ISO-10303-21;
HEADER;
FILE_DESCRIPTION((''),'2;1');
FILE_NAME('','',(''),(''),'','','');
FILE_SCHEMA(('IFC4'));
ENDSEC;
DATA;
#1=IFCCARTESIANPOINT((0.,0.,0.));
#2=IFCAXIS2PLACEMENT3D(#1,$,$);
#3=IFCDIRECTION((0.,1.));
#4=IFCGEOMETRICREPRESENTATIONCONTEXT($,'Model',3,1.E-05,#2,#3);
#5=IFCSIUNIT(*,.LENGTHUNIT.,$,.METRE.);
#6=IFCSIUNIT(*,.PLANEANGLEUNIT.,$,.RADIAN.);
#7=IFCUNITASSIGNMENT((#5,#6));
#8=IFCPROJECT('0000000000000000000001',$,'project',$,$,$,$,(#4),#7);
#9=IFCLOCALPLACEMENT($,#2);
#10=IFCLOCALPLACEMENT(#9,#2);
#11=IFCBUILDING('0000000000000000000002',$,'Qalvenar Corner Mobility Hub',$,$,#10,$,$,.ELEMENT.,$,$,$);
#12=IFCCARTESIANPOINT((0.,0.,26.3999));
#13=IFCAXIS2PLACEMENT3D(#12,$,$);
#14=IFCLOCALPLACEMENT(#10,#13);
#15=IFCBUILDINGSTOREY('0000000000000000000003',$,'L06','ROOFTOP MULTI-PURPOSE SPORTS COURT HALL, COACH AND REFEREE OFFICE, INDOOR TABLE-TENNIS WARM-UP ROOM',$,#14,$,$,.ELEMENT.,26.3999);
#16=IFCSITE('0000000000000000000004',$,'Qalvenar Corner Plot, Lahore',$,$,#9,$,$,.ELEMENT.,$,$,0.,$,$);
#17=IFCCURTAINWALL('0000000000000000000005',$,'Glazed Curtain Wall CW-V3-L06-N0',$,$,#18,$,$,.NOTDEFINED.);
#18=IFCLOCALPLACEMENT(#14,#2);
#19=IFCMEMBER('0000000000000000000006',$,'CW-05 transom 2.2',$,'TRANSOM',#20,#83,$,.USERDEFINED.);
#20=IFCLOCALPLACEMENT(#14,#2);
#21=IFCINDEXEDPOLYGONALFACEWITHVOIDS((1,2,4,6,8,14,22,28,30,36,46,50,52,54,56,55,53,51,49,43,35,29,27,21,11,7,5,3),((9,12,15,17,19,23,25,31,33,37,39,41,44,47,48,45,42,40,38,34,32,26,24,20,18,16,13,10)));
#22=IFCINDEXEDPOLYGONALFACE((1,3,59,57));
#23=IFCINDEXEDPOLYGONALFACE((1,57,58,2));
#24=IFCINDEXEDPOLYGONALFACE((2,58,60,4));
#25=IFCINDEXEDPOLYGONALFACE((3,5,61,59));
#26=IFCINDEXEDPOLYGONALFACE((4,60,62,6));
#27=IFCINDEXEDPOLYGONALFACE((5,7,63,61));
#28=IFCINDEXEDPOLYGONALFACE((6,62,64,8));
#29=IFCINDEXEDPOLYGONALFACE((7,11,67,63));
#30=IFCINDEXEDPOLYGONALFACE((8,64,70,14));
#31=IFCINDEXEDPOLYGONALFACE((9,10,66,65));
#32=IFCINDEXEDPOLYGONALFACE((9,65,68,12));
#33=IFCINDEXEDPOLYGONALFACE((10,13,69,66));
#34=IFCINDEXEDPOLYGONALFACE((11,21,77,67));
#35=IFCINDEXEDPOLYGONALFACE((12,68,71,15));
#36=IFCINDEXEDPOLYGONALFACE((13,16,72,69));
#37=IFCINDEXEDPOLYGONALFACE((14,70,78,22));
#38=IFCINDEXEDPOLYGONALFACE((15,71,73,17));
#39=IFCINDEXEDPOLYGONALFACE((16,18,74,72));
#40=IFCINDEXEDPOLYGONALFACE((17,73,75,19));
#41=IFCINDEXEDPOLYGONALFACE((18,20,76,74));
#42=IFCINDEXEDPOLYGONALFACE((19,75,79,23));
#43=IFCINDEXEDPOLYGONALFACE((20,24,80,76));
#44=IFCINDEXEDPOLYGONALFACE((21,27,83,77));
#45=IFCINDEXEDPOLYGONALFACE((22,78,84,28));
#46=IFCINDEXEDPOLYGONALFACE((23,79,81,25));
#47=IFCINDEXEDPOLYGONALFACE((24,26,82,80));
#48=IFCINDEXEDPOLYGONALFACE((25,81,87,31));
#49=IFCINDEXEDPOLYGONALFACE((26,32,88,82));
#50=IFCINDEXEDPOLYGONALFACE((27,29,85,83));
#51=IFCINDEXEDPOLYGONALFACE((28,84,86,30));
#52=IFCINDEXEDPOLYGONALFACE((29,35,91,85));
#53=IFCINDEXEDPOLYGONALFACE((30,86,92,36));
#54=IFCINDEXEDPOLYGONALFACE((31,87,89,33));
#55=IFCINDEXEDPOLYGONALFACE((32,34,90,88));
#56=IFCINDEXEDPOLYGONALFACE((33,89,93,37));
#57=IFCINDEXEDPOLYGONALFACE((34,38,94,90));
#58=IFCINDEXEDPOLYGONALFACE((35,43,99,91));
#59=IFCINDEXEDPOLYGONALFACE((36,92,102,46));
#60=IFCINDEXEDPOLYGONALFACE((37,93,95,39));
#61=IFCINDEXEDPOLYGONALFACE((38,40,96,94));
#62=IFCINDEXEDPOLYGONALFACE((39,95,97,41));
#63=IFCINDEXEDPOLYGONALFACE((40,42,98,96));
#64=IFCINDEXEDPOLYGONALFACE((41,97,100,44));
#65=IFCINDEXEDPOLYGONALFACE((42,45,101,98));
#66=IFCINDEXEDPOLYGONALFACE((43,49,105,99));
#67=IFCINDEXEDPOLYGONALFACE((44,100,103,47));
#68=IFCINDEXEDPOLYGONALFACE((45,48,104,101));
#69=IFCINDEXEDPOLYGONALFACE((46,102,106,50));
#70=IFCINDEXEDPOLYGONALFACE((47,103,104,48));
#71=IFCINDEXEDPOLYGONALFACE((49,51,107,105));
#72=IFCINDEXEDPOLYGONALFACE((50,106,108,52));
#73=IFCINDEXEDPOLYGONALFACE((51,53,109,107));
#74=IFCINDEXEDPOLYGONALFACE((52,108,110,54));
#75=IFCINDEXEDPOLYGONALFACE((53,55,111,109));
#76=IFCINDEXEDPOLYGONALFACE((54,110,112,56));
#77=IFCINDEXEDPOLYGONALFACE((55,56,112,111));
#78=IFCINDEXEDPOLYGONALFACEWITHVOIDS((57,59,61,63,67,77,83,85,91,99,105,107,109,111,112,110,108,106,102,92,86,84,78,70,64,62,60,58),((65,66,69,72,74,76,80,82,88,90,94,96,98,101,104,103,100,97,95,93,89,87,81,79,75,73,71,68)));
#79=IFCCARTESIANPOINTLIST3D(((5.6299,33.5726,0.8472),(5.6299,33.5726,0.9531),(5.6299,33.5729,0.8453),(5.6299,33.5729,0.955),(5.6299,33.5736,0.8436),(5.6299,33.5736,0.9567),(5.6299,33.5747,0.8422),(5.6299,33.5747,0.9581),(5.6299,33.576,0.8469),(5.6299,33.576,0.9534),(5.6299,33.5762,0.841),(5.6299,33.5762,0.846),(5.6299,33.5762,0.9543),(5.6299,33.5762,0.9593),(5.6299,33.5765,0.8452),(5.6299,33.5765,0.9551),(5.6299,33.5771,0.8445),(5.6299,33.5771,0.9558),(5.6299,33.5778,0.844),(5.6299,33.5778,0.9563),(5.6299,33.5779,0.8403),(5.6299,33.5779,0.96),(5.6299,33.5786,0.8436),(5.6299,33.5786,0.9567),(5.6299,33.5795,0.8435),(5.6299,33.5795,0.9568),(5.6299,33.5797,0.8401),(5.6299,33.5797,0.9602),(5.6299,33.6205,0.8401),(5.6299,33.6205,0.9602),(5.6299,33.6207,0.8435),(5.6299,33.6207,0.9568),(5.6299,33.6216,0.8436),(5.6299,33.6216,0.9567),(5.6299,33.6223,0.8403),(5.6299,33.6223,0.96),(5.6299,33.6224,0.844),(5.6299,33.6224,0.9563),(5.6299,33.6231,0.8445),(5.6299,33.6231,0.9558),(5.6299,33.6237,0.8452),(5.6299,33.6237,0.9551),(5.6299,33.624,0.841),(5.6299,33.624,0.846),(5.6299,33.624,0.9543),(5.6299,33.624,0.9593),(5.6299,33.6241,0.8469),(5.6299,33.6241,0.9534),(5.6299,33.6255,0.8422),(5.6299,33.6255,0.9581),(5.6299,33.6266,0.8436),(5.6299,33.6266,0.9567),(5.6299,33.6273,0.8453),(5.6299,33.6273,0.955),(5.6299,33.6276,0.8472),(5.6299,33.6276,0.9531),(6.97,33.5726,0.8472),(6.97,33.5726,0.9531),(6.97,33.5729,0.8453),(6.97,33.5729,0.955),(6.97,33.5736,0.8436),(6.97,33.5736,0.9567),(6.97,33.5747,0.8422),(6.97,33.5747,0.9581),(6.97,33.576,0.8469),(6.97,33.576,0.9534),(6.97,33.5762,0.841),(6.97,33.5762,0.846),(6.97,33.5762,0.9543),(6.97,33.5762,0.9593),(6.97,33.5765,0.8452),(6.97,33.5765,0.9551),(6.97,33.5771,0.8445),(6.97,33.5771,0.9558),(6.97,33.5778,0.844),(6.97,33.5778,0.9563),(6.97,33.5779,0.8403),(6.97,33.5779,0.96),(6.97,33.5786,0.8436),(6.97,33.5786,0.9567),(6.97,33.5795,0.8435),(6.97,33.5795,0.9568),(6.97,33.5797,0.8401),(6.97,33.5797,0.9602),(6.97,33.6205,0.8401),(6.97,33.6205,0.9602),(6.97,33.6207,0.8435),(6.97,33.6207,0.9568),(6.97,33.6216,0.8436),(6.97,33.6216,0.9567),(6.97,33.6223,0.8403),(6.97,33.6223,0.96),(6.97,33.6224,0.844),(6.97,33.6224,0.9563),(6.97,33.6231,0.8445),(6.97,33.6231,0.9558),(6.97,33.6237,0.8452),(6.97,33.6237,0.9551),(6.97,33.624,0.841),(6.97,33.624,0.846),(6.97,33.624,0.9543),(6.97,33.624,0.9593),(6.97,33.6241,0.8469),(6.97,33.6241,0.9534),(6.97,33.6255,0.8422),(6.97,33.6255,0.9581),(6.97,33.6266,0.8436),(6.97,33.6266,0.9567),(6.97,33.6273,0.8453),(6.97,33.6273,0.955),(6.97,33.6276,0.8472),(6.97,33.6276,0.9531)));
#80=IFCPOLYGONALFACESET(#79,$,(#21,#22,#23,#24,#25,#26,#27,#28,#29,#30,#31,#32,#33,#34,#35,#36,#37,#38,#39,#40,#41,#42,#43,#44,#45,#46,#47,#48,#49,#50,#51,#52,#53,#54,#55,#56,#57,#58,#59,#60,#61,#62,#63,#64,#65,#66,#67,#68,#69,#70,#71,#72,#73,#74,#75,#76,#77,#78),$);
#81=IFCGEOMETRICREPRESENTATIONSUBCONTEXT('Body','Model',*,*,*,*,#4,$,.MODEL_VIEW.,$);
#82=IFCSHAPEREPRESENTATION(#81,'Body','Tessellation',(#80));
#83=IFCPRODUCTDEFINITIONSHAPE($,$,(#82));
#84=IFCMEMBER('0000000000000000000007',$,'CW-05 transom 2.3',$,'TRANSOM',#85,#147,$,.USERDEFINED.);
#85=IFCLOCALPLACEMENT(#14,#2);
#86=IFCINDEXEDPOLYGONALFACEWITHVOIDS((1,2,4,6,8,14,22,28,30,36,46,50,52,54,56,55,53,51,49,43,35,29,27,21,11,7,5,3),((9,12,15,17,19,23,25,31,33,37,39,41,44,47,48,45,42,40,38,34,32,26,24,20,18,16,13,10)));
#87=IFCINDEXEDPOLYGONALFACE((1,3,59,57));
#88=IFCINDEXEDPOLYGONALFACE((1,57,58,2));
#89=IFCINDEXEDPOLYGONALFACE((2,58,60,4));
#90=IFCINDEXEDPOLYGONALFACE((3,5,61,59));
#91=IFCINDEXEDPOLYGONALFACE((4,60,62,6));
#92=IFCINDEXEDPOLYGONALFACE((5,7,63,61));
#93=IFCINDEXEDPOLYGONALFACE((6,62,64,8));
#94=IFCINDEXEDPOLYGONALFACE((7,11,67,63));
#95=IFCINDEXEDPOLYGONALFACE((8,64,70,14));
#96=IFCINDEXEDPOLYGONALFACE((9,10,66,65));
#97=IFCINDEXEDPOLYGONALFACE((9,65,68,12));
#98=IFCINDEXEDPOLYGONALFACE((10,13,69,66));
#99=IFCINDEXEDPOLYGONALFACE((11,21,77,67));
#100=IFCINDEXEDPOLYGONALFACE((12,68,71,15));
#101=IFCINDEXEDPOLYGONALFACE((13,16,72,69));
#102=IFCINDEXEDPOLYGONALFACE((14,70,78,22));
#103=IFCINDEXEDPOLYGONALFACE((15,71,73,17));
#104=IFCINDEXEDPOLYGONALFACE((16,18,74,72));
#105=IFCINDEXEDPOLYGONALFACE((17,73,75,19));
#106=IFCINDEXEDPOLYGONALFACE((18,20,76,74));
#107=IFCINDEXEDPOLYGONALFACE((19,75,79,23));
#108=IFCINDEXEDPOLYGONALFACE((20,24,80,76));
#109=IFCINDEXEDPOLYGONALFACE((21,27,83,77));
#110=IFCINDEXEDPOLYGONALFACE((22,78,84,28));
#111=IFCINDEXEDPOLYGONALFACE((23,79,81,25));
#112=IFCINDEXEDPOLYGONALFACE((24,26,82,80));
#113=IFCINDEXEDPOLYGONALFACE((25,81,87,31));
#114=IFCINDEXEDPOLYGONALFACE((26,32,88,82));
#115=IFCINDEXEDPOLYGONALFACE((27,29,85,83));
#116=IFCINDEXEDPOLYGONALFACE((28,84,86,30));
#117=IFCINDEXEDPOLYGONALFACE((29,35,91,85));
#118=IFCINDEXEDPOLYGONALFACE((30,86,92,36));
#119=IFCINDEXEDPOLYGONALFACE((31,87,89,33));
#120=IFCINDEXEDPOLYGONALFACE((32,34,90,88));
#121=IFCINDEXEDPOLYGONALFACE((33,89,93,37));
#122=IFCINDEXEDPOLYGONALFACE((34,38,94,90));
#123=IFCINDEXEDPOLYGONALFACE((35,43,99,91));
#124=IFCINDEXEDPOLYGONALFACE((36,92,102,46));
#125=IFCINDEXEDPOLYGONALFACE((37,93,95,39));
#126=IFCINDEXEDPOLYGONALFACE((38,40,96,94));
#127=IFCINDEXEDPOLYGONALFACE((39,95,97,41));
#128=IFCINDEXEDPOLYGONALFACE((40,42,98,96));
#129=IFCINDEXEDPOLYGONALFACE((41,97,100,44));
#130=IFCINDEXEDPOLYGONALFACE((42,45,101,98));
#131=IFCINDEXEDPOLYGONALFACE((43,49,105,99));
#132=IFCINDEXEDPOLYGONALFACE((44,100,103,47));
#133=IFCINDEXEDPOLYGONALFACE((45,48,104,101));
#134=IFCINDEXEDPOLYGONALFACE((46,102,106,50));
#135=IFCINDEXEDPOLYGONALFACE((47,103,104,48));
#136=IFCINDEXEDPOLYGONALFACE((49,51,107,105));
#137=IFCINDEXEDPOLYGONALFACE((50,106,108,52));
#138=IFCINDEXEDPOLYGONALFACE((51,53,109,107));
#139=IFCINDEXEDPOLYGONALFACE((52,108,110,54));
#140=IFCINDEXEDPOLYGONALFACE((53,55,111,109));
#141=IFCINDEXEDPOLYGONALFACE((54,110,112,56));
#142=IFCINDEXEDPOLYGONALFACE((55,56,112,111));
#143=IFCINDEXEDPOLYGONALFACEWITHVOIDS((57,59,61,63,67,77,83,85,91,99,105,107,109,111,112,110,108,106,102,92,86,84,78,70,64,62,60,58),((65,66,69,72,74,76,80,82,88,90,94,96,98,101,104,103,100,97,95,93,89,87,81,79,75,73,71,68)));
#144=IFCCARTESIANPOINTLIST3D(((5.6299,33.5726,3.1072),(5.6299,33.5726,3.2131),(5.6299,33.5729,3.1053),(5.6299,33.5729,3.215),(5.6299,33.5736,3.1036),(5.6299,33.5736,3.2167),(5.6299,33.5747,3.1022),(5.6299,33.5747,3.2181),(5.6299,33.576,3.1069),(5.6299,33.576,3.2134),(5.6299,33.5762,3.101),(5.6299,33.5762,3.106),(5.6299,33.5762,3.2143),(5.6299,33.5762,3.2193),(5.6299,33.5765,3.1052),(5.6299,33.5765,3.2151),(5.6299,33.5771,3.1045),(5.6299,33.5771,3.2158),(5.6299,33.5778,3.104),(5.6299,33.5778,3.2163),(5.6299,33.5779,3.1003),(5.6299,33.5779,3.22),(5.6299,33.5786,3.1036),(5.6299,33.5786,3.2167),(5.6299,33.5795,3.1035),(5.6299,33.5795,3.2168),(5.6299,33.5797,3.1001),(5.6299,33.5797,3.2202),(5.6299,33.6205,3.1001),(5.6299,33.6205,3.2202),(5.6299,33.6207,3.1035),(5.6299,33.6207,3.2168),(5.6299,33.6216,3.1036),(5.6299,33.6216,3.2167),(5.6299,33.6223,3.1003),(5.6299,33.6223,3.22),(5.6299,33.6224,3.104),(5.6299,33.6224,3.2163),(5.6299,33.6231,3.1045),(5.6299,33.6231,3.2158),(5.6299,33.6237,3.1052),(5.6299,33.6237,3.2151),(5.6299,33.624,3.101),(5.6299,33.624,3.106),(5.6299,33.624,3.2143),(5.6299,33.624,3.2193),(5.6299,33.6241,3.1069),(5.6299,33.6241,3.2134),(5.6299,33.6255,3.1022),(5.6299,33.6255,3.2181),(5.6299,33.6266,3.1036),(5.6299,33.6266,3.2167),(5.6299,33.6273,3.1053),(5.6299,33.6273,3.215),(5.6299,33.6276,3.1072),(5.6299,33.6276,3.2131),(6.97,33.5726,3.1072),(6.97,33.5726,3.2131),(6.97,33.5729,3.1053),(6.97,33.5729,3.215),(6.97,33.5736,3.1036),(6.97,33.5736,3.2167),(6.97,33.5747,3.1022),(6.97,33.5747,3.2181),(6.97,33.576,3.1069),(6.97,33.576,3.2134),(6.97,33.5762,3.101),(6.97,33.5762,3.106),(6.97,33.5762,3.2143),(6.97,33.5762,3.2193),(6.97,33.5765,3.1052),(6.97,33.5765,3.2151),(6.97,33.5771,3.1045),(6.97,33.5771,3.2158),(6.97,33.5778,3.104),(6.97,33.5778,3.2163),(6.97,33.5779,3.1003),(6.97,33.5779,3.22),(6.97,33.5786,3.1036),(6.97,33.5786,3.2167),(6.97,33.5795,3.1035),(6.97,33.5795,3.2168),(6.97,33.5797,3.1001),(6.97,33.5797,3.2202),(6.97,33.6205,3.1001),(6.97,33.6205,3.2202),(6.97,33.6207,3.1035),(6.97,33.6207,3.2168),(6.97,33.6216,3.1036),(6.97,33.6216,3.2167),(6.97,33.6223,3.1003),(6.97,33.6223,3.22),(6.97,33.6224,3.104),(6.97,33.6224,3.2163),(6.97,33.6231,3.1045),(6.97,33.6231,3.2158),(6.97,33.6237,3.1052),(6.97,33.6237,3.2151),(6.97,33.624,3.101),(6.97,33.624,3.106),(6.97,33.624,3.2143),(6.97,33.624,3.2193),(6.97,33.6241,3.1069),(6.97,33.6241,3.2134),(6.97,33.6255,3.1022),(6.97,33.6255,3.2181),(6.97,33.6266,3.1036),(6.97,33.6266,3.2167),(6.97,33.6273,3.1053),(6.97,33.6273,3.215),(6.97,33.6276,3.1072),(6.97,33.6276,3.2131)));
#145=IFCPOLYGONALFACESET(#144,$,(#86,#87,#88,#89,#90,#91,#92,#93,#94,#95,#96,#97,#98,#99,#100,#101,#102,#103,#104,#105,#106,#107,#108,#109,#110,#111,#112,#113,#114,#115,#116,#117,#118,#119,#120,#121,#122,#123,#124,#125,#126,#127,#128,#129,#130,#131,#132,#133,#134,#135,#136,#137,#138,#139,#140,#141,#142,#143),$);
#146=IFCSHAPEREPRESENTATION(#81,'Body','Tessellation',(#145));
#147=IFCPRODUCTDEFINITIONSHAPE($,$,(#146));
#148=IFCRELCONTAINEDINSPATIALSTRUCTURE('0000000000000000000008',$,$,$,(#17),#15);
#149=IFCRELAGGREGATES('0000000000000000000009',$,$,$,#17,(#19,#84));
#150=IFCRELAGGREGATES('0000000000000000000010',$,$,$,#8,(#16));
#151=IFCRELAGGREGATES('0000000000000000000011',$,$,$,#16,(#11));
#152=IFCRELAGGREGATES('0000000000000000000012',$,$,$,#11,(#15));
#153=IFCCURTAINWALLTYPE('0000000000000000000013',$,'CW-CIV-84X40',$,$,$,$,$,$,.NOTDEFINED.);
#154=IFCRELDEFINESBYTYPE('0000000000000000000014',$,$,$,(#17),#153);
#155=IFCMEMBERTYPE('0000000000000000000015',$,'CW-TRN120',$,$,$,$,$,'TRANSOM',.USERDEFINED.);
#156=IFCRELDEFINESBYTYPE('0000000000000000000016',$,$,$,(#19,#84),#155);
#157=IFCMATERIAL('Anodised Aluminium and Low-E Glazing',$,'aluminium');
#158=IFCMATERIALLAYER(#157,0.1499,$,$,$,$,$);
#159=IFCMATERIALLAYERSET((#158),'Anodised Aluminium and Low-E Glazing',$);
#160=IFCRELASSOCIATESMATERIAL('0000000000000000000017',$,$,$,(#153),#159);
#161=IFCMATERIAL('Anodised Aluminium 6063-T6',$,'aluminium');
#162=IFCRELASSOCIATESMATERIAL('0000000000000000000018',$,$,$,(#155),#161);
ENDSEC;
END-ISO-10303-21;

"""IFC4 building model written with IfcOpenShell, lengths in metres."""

from ifc_helpers import new_model, si_unit, direction, frame, origin, origin_2d, place, context, subcontext, project, spatial, hollow_rectangle, extrude, material, layer, layer_set, material_profile, profile_set, type_object, element, aggregate, save


model = new_model("IFC4")

# Units and contexts
model_context = context("Model", 3, precision=1e-05, world=origin(), true_north=direction((0.0, 1.0)))
body_context = subcontext(model_context, "Body", "Model", "MODEL_VIEW")
ifc_project = project(units=[si_unit("LENGTHUNIT", "METRE"), si_unit("PLANEANGLEUNIT", "RADIAN")], contexts=[model_context])

# Site, building, storey
site_placement = place(None, origin())
site = spatial("IfcSite", under=ifc_project, at=site_placement, Name="Qalvenar Corner Plot, Lahore", CompositionType="ELEMENT", RefElevation=0.0)
building_placement = place(site_placement, origin())
building = spatial("IfcBuilding", under=site, at=building_placement, Name="Qalvenar Corner Mobility Hub", CompositionType="ELEMENT")
storey_placement = place(building_placement, frame((0.0, 0.0, 26.3999)))
storey = spatial("IfcBuildingStorey", under=building, at=storey_placement, Name="L06", Description="ROOFTOP MULTI-PURPOSE SPORTS COURT HALL, COACH AND REFEREE OFFICE, INDOOR TABLE-TENNIS WARM-UP ROOM", CompositionType="ELEMENT", Elevation=26.3999)

# Curtain wall, members
ifc_material_1 = material(Name="Anodised Aluminium and Low-E Glazing", Category="aluminium")
ifc_layer_1 = layer(ifc_material_1, 0.1499)
ifc_layer_set_1 = layer_set([ifc_layer_1], Name="Anodised Aluminium and Low-E Glazing")
curtain_wall_type = type_object("IfcCurtainWallType", Name="CW-CIV-84X40", PredefinedType="NOTDEFINED", material=ifc_layer_set_1)
curtain_wall_placement = place(storey_placement, origin())
curtain_wall = element("IfcCurtainWall", 1, at=curtain_wall_placement, inside=storey, type_object=curtain_wall_type, Name="Glazed Curtain Wall CW-V3-L06-N0", PredefinedType="NOTDEFINED")
ifc_material_2 = material(Name="Anodised Aluminium 6063-T6", Category="aluminium")
ifc_material_profile_1 = material_profile(ifc_material_2, hollow_rectangle(XDim=0.0549, YDim=0.1201, WallThickness=0.0034, InnerFilletRadius=0.0034, OuterFilletRadius=0.0071, at=origin_2d()), Name="RHS120x55x3.5")
ifc_profile_set_1 = profile_set([ifc_material_profile_1], Name="Anodised Aluminium 6063-T6")
member_type_1 = type_object("IfcMemberType", Name="CW-TRN120", ElementType="TRANSOM", PredefinedType="USERDEFINED", material=ifc_profile_set_1)
member_1_placement = place(storey_placement, frame((6.97, 33.6001, 0.9001), z_axis=(-1.0, 0.0, 0.0), x_axis=(0.0, -1.0, 0.0)))
member_1 = element("IfcMember", 2, at=member_1_placement, type_object=member_type_1, Name="CW-05 transom 2.2", ObjectType="TRANSOM", PredefinedType="USERDEFINED", context=body_context, shape_type="SweptSolid", body=[
    extrude(hollow_rectangle(XDim=0.0549, YDim=0.1201, WallThickness=0.0034, InnerFilletRadius=0.0034, OuterFilletRadius=0.0071, at=origin_2d()), origin(), (0.0, 0.0, 1.0), 1.3401),
])
member_2_placement = place(storey_placement, frame((6.97, 33.6001, 3.1602), z_axis=(-1.0, 0.0, 0.0), x_axis=(0.0, -1.0, 0.0)))
member_2 = element("IfcMember", 3, at=member_2_placement, type_object=member_type_1, Name="CW-05 transom 2.3", ObjectType="TRANSOM", PredefinedType="USERDEFINED", context=body_context, shape_type="SweptSolid", body=[
    extrude(hollow_rectangle(XDim=0.0549, YDim=0.1201, WallThickness=0.0034, InnerFilletRadius=0.0034, OuterFilletRadius=0.0071, at=origin_2d()), origin(), (0.0, 0.0, 1.0), 1.3401),
])

aggregate(curtain_wall, [member_1, member_2])

save(model, "model.ifc")
